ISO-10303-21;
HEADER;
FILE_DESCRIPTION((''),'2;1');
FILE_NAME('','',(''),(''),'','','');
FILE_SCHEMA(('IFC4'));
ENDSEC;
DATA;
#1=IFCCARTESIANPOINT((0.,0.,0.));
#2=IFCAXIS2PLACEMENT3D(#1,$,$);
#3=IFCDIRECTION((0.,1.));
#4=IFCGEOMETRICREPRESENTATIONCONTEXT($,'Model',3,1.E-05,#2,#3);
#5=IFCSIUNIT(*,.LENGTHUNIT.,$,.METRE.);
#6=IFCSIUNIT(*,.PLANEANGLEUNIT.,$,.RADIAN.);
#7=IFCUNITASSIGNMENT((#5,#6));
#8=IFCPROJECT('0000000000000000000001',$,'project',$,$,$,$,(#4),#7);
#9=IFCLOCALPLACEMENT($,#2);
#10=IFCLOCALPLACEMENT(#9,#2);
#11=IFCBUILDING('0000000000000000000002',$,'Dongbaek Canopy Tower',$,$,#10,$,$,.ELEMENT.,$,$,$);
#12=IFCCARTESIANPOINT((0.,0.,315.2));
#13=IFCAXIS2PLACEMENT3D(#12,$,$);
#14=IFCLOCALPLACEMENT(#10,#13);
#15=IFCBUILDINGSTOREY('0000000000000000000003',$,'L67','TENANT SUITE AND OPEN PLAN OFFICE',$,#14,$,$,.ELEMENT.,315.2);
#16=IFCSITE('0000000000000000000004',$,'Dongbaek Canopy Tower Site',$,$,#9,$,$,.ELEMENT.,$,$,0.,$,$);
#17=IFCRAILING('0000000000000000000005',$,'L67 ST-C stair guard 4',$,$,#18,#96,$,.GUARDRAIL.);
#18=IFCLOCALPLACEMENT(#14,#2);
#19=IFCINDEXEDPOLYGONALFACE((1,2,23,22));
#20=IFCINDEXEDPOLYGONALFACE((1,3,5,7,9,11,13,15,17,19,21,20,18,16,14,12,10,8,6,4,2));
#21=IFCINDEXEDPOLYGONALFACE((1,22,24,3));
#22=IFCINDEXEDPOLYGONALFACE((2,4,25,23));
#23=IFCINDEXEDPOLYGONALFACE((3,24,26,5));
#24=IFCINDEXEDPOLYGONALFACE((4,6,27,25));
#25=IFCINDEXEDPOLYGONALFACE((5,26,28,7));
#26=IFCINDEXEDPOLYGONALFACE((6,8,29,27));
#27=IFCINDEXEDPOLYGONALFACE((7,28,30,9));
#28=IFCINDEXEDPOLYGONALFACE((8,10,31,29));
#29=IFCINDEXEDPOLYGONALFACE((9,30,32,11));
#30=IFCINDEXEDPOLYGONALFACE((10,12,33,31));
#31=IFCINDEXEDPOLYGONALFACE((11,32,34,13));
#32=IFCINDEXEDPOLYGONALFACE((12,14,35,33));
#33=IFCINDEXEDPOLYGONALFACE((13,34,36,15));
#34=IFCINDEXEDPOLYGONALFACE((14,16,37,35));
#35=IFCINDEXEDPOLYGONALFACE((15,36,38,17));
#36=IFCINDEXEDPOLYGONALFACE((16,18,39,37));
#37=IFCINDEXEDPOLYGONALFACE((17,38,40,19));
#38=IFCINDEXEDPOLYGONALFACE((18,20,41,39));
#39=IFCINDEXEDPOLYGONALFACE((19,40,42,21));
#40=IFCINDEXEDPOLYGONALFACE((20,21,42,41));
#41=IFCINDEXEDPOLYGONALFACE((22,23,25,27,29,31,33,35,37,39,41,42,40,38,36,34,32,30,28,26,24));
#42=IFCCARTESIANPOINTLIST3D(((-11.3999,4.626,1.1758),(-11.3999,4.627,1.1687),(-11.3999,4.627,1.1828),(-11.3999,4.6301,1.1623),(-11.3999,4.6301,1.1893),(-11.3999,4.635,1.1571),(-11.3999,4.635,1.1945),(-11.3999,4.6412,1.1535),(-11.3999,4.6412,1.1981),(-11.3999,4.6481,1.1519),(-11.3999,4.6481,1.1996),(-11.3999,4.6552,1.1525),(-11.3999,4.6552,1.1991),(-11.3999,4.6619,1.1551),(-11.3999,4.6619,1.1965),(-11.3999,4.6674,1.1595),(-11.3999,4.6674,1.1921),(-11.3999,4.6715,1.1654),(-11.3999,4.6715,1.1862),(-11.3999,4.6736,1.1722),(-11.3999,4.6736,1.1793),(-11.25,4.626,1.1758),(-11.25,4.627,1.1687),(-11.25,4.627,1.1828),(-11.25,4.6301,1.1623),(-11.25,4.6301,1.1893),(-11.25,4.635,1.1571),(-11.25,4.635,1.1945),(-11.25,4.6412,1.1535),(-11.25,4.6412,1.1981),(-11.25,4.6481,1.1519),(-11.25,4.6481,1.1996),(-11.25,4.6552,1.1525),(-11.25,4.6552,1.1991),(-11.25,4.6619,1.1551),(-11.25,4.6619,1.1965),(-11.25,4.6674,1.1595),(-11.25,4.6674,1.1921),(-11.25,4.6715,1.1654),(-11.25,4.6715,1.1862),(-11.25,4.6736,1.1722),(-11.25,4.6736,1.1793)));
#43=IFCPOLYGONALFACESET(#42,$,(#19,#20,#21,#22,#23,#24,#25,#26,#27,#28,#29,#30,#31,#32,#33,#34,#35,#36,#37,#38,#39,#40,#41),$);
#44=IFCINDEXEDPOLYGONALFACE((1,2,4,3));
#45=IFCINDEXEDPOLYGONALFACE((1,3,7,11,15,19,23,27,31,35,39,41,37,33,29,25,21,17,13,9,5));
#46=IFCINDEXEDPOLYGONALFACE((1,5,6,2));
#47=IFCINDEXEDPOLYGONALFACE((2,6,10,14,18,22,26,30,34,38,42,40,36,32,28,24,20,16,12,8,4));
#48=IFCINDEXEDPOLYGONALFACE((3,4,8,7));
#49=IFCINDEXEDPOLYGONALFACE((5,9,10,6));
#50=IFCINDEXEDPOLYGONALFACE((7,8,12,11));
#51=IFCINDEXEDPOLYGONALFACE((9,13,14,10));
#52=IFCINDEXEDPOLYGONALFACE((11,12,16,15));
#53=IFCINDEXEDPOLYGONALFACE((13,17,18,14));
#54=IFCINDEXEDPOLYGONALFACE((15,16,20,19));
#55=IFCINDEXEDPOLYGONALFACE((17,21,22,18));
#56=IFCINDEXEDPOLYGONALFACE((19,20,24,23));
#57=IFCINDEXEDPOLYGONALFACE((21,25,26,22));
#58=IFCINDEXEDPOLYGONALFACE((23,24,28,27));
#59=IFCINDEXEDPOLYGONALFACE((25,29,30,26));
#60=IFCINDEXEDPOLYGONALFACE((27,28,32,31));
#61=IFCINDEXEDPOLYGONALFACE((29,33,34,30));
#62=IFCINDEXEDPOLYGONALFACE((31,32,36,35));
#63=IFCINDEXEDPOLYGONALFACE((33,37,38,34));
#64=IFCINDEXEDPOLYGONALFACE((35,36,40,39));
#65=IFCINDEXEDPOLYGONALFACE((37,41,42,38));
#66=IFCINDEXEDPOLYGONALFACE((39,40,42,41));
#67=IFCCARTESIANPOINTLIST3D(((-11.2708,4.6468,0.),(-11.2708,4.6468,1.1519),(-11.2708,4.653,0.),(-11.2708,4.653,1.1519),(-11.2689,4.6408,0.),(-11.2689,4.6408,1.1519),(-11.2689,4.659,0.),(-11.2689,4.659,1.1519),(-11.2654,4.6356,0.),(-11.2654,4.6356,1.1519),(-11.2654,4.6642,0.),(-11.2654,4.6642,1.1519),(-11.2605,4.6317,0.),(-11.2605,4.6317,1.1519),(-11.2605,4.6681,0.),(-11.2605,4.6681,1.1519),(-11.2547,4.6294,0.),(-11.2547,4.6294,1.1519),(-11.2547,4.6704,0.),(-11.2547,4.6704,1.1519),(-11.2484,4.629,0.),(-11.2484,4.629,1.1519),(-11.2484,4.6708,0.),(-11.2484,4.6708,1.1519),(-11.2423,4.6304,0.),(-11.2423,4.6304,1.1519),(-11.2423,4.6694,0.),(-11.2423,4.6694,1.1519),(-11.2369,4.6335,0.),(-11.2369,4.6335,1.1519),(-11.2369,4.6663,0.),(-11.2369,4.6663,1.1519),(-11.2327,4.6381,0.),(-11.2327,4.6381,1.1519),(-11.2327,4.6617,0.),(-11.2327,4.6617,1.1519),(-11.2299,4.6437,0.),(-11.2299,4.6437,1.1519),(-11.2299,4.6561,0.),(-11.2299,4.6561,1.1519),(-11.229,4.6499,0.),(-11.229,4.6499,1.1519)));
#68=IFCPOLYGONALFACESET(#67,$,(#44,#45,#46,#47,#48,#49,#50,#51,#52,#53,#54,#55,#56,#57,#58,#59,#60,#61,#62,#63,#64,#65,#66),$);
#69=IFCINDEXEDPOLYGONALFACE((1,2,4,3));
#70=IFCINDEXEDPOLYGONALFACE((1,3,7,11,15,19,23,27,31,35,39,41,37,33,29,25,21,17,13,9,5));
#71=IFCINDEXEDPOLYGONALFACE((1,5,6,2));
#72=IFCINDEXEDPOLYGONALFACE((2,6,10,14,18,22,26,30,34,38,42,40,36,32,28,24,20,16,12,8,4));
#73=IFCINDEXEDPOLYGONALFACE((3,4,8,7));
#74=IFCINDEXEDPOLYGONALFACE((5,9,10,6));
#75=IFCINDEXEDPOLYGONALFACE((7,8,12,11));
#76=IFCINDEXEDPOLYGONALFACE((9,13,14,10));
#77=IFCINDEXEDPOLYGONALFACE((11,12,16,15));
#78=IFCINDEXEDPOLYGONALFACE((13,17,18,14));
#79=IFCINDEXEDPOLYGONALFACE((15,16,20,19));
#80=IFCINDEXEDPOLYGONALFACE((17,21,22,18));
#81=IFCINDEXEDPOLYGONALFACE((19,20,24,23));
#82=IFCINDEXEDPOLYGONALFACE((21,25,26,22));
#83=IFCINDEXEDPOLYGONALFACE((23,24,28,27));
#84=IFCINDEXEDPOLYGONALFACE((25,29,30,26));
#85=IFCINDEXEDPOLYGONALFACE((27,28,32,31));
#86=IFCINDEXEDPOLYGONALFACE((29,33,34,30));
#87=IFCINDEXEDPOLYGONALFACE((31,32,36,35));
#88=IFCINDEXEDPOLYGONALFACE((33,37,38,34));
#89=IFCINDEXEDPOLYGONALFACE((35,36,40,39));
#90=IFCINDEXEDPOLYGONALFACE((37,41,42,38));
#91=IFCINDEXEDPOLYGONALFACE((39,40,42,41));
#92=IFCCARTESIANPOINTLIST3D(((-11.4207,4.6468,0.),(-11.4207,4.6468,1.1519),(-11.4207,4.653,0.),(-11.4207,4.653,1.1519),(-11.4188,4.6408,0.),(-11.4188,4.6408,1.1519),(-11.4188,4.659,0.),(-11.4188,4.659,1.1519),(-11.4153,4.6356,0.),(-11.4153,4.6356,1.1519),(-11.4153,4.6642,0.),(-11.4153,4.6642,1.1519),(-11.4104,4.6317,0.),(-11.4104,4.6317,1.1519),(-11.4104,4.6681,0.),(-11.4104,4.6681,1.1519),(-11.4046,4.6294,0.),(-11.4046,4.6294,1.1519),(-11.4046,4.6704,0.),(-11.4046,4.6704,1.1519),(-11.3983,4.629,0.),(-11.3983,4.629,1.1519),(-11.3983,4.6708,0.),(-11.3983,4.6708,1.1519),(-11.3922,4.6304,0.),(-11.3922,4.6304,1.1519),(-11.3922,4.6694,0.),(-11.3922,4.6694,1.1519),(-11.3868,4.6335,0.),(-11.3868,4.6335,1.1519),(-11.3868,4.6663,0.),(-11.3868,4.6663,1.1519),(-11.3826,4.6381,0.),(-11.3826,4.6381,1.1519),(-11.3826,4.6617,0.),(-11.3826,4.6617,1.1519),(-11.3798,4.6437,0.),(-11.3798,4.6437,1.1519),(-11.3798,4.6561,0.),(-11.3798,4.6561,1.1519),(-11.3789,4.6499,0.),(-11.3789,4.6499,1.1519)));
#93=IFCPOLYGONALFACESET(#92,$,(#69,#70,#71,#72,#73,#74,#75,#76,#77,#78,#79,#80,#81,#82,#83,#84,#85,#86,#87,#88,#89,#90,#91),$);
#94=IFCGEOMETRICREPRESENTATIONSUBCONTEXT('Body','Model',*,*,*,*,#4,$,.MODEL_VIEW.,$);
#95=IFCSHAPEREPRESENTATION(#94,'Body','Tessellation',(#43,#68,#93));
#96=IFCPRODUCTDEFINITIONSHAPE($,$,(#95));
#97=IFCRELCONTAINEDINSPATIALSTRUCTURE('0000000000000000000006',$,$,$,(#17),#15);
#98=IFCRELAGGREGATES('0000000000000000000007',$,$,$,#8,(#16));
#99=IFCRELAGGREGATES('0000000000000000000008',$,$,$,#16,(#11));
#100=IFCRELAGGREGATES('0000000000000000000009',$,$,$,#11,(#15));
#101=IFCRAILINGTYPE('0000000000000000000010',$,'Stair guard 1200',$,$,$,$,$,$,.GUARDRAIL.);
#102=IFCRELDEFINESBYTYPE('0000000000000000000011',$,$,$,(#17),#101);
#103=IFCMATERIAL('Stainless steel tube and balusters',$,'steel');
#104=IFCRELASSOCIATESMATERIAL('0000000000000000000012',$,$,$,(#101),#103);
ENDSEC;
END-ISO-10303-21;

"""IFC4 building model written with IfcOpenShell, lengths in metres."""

from ifc_helpers import new_model, si_unit, direction, frame, origin, origin_2d, place, context, subcontext, project, spatial, circle, extrude, material, type_object, element, save


model = new_model("IFC4")

# Units and contexts
model_context = context("Model", 3, precision=1e-05, world=origin(), true_north=direction((0.0, 1.0)))
body_context = subcontext(model_context, "Body", "Model", "MODEL_VIEW")
ifc_project = project(units=[si_unit("LENGTHUNIT", "METRE"), si_unit("PLANEANGLEUNIT", "RADIAN")], contexts=[model_context])

# Site, building, storey
site_placement = place(None, origin())
site = spatial("IfcSite", under=ifc_project, at=site_placement, Name="Dongbaek Canopy Tower Site", CompositionType="ELEMENT", RefElevation=0.0)
building_placement = place(site_placement, origin())
building = spatial("IfcBuilding", under=site, at=building_placement, Name="Dongbaek Canopy Tower", CompositionType="ELEMENT")
storey_placement = place(building_placement, frame((0.0, 0.0, 315.2)))
storey = spatial("IfcBuildingStorey", under=building, at=storey_placement, Name="L67", Description="TENANT SUITE AND OPEN PLAN OFFICE", CompositionType="ELEMENT", Elevation=315.2)

# Railing
ifc_material_1 = material(Name="Stainless steel tube and balusters", Category="steel")
railing_type_1 = type_object("IfcRailingType", Name="Stair guard 1200", PredefinedType="GUARDRAIL", material=ifc_material_1)
railing_1_placement = place(storey_placement, frame((-11.25, 4.6499, 0.0)))
element("IfcRailing", 1, at=railing_1_placement, inside=storey, type_object=railing_type_1, Name="L67 ST-C stair guard 4", PredefinedType="GUARDRAIL", context=body_context, shape_type="SweptSolid", body=[
    extrude(circle(Radius=0.0239, at=origin_2d()), frame((0.0, 0.0, 1.1758), z_axis=(-1.0, 0.0, 0.0), x_axis=(0.0, -1.0, 0.0)), (0.0, 0.0, 1.0), 0.1499),
    extrude(circle(Radius=0.021, at=origin_2d()), origin(), (0.0, 0.0, 1.0), 1.1519),
    extrude(circle(Radius=0.021, at=origin_2d()), frame((-0.1499, 0.0, 0.0)), (0.0, 0.0, 1.0), 1.1519),
])

save(model, "model.ifc")
